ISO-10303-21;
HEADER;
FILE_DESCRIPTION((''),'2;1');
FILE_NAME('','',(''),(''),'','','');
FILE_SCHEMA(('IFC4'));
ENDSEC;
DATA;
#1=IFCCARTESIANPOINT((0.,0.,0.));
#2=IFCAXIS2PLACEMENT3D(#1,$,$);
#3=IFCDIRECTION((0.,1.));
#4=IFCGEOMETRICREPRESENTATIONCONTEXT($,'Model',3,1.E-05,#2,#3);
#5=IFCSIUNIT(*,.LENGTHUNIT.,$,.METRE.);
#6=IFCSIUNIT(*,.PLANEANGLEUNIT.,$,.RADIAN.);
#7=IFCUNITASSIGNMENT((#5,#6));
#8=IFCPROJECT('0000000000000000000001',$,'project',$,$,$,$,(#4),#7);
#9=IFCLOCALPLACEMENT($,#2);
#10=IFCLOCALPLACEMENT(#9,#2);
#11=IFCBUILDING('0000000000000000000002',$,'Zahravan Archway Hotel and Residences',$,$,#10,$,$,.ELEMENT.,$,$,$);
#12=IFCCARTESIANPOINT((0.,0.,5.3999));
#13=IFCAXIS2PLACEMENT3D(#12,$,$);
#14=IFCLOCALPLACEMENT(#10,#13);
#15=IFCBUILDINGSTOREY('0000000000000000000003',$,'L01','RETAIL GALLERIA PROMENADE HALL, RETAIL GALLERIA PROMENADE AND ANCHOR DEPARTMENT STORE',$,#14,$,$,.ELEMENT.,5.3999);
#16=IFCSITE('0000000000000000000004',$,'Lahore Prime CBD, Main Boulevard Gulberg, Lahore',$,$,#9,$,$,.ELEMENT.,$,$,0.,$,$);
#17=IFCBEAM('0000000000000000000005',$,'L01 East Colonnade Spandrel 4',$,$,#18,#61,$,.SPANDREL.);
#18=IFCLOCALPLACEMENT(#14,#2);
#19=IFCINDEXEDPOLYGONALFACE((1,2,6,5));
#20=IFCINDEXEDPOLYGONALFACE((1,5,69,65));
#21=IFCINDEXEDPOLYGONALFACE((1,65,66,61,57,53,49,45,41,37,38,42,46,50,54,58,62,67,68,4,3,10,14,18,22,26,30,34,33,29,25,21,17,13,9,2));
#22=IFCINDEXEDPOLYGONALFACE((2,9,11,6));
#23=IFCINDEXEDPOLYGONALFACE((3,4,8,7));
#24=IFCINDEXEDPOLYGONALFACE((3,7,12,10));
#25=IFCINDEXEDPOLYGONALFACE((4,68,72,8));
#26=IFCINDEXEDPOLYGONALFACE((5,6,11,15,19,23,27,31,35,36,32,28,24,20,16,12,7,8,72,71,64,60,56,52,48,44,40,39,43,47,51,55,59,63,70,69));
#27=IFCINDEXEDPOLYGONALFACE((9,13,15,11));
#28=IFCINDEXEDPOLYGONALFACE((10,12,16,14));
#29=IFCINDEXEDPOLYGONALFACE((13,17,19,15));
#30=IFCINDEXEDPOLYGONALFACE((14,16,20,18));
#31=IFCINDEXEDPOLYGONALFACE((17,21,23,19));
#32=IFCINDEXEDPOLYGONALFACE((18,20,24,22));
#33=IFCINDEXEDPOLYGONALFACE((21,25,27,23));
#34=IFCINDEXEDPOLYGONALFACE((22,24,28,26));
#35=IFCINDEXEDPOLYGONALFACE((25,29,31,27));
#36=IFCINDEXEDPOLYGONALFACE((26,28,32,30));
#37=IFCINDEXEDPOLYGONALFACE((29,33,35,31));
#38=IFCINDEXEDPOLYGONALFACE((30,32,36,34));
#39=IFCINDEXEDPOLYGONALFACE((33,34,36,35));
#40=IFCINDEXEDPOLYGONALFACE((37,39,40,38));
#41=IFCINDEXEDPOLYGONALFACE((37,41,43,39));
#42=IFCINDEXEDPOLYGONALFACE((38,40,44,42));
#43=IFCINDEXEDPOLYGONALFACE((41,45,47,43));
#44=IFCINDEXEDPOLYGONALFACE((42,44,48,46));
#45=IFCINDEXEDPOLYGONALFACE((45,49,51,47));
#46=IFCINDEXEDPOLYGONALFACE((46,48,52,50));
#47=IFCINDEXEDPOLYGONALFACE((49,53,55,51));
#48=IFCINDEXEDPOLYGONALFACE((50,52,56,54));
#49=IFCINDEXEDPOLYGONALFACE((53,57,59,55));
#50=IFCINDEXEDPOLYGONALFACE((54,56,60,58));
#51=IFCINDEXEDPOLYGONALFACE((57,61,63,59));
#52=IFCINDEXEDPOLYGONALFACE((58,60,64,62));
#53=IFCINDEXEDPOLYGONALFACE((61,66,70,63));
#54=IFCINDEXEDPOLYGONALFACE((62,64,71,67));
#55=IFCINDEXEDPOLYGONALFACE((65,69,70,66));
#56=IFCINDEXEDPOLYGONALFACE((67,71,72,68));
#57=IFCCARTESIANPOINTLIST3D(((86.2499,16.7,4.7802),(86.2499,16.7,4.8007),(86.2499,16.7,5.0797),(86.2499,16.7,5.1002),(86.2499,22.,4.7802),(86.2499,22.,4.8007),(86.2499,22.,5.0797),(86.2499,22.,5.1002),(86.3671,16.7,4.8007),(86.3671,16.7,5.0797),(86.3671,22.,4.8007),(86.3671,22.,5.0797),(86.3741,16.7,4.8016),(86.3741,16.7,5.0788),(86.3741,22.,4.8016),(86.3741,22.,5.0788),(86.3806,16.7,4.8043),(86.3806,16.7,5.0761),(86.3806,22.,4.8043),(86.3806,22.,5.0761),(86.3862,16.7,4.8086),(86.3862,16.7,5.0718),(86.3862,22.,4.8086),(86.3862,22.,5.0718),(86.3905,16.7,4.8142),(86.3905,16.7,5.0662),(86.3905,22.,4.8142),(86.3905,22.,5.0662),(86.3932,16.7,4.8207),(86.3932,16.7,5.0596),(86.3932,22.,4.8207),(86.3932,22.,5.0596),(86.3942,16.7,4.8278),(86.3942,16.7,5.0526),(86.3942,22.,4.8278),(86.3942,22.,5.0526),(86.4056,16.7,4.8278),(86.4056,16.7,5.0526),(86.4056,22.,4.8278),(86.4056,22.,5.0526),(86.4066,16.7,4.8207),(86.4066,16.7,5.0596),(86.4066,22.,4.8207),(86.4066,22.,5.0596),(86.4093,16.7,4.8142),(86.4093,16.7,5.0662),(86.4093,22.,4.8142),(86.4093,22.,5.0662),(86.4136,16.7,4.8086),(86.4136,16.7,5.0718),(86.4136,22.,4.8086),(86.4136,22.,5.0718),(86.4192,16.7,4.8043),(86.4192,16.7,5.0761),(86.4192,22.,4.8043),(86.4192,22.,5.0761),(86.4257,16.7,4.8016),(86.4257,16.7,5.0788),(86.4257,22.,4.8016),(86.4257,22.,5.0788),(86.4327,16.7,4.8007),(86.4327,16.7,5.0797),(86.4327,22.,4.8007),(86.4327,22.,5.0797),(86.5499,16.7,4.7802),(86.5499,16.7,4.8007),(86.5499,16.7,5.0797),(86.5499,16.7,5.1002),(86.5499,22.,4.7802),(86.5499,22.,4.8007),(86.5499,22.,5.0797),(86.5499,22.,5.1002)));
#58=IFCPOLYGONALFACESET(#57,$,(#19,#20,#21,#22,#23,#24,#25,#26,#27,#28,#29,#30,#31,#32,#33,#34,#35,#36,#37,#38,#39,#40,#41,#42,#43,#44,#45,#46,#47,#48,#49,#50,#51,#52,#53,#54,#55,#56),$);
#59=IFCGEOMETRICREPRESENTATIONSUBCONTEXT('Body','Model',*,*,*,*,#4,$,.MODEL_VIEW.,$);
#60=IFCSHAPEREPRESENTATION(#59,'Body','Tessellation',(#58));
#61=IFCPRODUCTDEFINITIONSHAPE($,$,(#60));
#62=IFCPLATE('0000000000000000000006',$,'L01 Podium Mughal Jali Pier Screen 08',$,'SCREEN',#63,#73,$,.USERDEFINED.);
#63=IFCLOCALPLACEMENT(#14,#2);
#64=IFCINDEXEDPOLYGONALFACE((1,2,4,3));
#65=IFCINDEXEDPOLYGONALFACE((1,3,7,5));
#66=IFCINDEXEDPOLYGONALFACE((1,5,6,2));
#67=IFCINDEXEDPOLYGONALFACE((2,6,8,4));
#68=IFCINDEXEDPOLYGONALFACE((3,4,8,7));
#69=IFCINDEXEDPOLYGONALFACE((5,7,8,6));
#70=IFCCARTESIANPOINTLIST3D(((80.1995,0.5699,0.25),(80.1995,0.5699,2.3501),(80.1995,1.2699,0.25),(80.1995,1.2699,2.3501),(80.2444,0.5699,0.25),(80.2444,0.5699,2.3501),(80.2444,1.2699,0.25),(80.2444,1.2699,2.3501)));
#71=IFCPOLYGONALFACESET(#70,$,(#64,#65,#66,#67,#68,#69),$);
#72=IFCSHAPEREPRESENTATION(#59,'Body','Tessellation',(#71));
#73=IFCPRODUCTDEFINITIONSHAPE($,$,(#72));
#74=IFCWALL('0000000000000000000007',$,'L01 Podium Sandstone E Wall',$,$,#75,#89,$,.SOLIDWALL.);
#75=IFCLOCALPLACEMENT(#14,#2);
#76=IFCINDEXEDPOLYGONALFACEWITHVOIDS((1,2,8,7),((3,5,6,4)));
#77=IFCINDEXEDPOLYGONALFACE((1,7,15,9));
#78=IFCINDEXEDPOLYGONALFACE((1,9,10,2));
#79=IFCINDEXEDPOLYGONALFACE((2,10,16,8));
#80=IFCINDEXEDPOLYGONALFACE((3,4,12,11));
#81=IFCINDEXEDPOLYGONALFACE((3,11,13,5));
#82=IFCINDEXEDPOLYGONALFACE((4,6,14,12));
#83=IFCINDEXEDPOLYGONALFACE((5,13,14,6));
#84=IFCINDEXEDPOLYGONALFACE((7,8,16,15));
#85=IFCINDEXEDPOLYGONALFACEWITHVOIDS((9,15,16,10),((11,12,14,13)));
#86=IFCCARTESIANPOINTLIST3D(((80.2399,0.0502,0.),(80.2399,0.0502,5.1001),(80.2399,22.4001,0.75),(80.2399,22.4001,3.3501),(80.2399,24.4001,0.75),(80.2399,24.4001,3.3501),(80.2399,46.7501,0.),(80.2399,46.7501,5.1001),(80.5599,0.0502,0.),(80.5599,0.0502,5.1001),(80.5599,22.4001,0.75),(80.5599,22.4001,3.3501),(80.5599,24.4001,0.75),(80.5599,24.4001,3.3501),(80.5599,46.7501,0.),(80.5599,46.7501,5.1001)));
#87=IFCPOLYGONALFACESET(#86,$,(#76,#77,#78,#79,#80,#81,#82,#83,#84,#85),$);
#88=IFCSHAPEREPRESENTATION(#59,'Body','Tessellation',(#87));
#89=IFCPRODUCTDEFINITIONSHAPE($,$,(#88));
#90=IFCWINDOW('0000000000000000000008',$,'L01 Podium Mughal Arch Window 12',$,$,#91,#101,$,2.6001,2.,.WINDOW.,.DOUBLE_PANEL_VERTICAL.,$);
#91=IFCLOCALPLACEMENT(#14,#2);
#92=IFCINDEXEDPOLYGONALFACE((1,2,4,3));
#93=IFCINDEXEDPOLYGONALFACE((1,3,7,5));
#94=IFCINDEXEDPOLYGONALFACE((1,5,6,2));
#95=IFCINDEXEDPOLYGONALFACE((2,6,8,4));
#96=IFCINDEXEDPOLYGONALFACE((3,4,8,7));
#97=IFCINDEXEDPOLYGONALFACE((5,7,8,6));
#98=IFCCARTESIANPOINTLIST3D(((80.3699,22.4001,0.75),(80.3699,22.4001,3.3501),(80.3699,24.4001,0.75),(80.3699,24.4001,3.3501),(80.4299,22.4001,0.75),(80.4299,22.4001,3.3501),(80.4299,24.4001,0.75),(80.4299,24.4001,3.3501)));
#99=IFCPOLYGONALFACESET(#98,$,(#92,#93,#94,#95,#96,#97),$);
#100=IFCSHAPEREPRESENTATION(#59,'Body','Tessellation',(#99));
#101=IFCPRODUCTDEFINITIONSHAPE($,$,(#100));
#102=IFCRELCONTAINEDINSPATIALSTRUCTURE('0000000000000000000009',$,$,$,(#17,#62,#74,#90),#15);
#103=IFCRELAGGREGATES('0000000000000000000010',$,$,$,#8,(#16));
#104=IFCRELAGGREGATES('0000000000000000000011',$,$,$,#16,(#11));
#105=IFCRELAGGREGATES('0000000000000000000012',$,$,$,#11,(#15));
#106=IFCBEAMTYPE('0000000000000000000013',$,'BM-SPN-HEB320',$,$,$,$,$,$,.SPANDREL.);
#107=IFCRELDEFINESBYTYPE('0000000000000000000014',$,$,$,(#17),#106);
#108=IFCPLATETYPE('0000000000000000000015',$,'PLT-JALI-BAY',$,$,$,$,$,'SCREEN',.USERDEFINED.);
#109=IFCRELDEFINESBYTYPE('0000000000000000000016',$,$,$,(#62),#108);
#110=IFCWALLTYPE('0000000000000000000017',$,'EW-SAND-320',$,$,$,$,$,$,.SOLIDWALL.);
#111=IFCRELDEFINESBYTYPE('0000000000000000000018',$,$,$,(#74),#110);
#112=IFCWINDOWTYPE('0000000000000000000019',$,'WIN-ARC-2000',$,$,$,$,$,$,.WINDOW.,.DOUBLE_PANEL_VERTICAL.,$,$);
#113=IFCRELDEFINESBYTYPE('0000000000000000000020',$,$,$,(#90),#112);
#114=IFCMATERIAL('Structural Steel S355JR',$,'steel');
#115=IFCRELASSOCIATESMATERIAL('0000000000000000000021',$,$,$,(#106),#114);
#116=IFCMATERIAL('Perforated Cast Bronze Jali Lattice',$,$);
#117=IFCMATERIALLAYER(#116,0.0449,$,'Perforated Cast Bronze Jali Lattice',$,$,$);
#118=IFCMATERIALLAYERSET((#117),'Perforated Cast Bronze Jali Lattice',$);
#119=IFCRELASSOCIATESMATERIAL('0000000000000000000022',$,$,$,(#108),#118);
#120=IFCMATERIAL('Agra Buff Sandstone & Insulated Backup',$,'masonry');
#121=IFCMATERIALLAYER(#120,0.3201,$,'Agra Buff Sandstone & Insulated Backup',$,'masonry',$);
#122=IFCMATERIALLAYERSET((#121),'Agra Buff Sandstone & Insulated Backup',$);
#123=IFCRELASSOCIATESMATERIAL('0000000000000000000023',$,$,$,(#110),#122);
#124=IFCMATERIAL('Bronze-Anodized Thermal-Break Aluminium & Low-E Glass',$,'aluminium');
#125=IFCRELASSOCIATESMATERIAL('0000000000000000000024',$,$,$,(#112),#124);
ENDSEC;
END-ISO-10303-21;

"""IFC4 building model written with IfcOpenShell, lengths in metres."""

from ifc_helpers import new_model, si_unit, direction, frame, frame_2d, origin, origin_2d, place, context, subcontext, project, spatial, rectangle, i_section, extrude, source, transform, mapped, material, layer, layer_set, material_profile, profile_set, type_object, type_shapes, element, fill, save


model = new_model("IFC4")

# Units and contexts
model_context = context("Model", 3, precision=1e-05, world=origin(), true_north=direction((0.0, 1.0)))
body_context = subcontext(model_context, "Body", "Model", "MODEL_VIEW")
ifc_project = project(units=[si_unit("LENGTHUNIT", "METRE"), si_unit("PLANEANGLEUNIT", "RADIAN")], contexts=[model_context])

# Site, building, storey
site_placement = place(None, origin())
site = spatial("IfcSite", under=ifc_project, at=site_placement, Name="Lahore Prime CBD, Main Boulevard Gulberg, Lahore", CompositionType="ELEMENT", RefElevation=0.0)
building_placement = place(site_placement, origin())
building = spatial("IfcBuilding", under=site, at=building_placement, Name="Zahravan Archway Hotel and Residences", CompositionType="ELEMENT")
storey_placement = place(building_placement, frame((0.0, 0.0, 5.3999)))
storey = spatial("IfcBuildingStorey", under=building, at=storey_placement, Name="L01", Description="RETAIL GALLERIA PROMENADE HALL, RETAIL GALLERIA PROMENADE AND ANCHOR DEPARTMENT STORE", CompositionType="ELEMENT", Elevation=5.3999)

# Beam
ifc_material_1 = material(Name="Structural Steel S355JR", Category="steel")
ifc_material_profile_1 = material_profile(ifc_material_1, i_section(OverallWidth=0.3, OverallDepth=0.3201, WebThickness=0.0115, FlangeThickness=0.0205, FilletRadius=0.0271, at=origin_2d()), Name="HEB 320", Category="steel")
ifc_profile_set_1 = profile_set([ifc_material_profile_1], Name="Structural Steel S355JR")
beam_type_1 = type_object("IfcBeamType", Name="BM-SPN-HEB320", PredefinedType="SPANDREL", material=ifc_profile_set_1)
shared_shape_1 = source(origin(), body_context, "Body", "SweptSolid", [
    extrude(i_section(OverallWidth=0.3, OverallDepth=0.3201, WebThickness=0.0115, FlangeThickness=0.0205, FilletRadius=0.0271, at=origin_2d()), origin(), (0.0, 0.0, 1.0), 5.3),
])
for number, where, z_axis, x_axis, name in (
    (1, (86.3999, 16.7, 4.9402), (0.0, 1.0, 0.0), (-1.0, 0.0, 0.0), "L01 East Colonnade Spandrel 4"),
):
    element("IfcBeam", number, at=place(storey_placement, frame(where, z_axis=z_axis, x_axis=x_axis)), inside=storey, type_object=beam_type_1, Name=name, PredefinedType="SPANDREL", context=body_context, shape_type="MappedRepresentation", body=[
        mapped(shared_shape_1, transform((0.0, 0.0, 0.0), scale=1.0)),
    ])

# Plate
ifc_material_2 = material(Name="Perforated Cast Bronze Jali Lattice")
ifc_layer_1 = layer(ifc_material_2, 0.0449, Name="Perforated Cast Bronze Jali Lattice")
ifc_layer_set_1 = layer_set([ifc_layer_1], Name="Perforated Cast Bronze Jali Lattice")
plate_type = type_object("IfcPlateType", Name="PLT-JALI-BAY", ElementType="SCREEN", PredefinedType="USERDEFINED", material=ifc_layer_set_1)
shared_shape_2 = source(origin(), body_context, "Body", "SweptSolid", [
    extrude(rectangle(XDim=0.7, YDim=0.0449, at=origin_2d()), origin(), (0.0, 0.0, 1.0), 2.1001),
])
type_shapes(plate_type, [shared_shape_2])
plate_placement = place(storey_placement, frame((80.2219, 0.9199, 0.25), z_axis=(0.0, 0.0, 1.0), x_axis=(0.0, 1.0, 0.0)))
element("IfcPlate", 2, at=plate_placement, inside=storey, type_object=plate_type, Name="L01 Podium Mughal Jali Pier Screen 08", ObjectType="SCREEN", PredefinedType="USERDEFINED", context=body_context, shape_type="MappedRepresentation", body=[
    mapped(shared_shape_2, transform((0.0, 0.0, 0.0), scale=1.0)),
])

# Wall, opening, window
ifc_material_3 = material(Name="Agra Buff Sandstone & Insulated Backup", Category="masonry")
ifc_layer_2 = layer(ifc_material_3, 0.3201, Name="Agra Buff Sandstone & Insulated Backup", Category="masonry")
ifc_layer_set_2 = layer_set([ifc_layer_2], Name="Agra Buff Sandstone & Insulated Backup")
wall_type = type_object("IfcWallType", Name="EW-SAND-320", PredefinedType="SOLIDWALL", material=ifc_layer_set_2)
wall_placement = place(storey_placement, frame((80.3999, 0.05, 0.0), z_axis=(0.0, 0.0, 1.0), x_axis=(0.0, 1.0, 0.0)))
wall = element("IfcWall", 3, at=wall_placement, inside=storey, type_object=wall_type, Name="L01 Podium Sandstone E Wall", PredefinedType="SOLIDWALL", context=body_context, shape_type="SweptSolid", body=[
    extrude(rectangle(XDim=46.7, YDim=0.3201, at=frame_2d((23.3501, 0.0))), origin(), (0.0, 0.0, 1.0), 5.1001),
])
opening_placement = place(wall_placement, frame((22.3501, 0.0, 0.75)))
opening = element("IfcOpeningElement", 4, at=opening_placement, cuts=wall, PredefinedType="OPENING", context=body_context, shape_type="SweptSolid", body=[
    extrude(rectangle(XDim=2.0, YDim=2.6001, at=frame_2d((1.0, 1.3))), frame((0.0, 0.1699, 0.0), z_axis=(0.0, -1.0, 0.0), x_axis=(1.0, 0.0, 0.0)), (0.0, 0.0, 1.0), 0.3401),
])
ifc_material_4 = material(Name="Bronze-Anodized Thermal-Break Aluminium & Low-E Glass", Category="aluminium")
window_type = type_object("IfcWindowType", Name="WIN-ARC-2000", PartitioningType="DOUBLE_PANEL_VERTICAL", PredefinedType="WINDOW", material=ifc_material_4)
shared_shape_3 = source(origin(), body_context, "Body", "SweptSolid", [
    extrude(rectangle(XDim=2.0, YDim=2.6001, at=frame_2d((1.0, 1.3))), frame((0.0, 0.03, 0.0), z_axis=(0.0, -1.0, 0.0), x_axis=(1.0, 0.0, 0.0)), (0.0, 0.0, 1.0), 0.0601),
])
type_shapes(window_type, [shared_shape_3])
window_placement = place(opening_placement, origin())
window = element("IfcWindow", 5, at=window_placement, inside=storey, type_object=window_type, Name="L01 Podium Mughal Arch Window 12", OverallHeight=2.6001, OverallWidth=2.0, PartitioningType="DOUBLE_PANEL_VERTICAL", PredefinedType="WINDOW", context=body_context, shape_type="MappedRepresentation", body=[
    mapped(shared_shape_3, transform((0.0, 0.0, 0.0), scale=1.0)),
])
fill(opening, window)

save(model, "model.ifc")
